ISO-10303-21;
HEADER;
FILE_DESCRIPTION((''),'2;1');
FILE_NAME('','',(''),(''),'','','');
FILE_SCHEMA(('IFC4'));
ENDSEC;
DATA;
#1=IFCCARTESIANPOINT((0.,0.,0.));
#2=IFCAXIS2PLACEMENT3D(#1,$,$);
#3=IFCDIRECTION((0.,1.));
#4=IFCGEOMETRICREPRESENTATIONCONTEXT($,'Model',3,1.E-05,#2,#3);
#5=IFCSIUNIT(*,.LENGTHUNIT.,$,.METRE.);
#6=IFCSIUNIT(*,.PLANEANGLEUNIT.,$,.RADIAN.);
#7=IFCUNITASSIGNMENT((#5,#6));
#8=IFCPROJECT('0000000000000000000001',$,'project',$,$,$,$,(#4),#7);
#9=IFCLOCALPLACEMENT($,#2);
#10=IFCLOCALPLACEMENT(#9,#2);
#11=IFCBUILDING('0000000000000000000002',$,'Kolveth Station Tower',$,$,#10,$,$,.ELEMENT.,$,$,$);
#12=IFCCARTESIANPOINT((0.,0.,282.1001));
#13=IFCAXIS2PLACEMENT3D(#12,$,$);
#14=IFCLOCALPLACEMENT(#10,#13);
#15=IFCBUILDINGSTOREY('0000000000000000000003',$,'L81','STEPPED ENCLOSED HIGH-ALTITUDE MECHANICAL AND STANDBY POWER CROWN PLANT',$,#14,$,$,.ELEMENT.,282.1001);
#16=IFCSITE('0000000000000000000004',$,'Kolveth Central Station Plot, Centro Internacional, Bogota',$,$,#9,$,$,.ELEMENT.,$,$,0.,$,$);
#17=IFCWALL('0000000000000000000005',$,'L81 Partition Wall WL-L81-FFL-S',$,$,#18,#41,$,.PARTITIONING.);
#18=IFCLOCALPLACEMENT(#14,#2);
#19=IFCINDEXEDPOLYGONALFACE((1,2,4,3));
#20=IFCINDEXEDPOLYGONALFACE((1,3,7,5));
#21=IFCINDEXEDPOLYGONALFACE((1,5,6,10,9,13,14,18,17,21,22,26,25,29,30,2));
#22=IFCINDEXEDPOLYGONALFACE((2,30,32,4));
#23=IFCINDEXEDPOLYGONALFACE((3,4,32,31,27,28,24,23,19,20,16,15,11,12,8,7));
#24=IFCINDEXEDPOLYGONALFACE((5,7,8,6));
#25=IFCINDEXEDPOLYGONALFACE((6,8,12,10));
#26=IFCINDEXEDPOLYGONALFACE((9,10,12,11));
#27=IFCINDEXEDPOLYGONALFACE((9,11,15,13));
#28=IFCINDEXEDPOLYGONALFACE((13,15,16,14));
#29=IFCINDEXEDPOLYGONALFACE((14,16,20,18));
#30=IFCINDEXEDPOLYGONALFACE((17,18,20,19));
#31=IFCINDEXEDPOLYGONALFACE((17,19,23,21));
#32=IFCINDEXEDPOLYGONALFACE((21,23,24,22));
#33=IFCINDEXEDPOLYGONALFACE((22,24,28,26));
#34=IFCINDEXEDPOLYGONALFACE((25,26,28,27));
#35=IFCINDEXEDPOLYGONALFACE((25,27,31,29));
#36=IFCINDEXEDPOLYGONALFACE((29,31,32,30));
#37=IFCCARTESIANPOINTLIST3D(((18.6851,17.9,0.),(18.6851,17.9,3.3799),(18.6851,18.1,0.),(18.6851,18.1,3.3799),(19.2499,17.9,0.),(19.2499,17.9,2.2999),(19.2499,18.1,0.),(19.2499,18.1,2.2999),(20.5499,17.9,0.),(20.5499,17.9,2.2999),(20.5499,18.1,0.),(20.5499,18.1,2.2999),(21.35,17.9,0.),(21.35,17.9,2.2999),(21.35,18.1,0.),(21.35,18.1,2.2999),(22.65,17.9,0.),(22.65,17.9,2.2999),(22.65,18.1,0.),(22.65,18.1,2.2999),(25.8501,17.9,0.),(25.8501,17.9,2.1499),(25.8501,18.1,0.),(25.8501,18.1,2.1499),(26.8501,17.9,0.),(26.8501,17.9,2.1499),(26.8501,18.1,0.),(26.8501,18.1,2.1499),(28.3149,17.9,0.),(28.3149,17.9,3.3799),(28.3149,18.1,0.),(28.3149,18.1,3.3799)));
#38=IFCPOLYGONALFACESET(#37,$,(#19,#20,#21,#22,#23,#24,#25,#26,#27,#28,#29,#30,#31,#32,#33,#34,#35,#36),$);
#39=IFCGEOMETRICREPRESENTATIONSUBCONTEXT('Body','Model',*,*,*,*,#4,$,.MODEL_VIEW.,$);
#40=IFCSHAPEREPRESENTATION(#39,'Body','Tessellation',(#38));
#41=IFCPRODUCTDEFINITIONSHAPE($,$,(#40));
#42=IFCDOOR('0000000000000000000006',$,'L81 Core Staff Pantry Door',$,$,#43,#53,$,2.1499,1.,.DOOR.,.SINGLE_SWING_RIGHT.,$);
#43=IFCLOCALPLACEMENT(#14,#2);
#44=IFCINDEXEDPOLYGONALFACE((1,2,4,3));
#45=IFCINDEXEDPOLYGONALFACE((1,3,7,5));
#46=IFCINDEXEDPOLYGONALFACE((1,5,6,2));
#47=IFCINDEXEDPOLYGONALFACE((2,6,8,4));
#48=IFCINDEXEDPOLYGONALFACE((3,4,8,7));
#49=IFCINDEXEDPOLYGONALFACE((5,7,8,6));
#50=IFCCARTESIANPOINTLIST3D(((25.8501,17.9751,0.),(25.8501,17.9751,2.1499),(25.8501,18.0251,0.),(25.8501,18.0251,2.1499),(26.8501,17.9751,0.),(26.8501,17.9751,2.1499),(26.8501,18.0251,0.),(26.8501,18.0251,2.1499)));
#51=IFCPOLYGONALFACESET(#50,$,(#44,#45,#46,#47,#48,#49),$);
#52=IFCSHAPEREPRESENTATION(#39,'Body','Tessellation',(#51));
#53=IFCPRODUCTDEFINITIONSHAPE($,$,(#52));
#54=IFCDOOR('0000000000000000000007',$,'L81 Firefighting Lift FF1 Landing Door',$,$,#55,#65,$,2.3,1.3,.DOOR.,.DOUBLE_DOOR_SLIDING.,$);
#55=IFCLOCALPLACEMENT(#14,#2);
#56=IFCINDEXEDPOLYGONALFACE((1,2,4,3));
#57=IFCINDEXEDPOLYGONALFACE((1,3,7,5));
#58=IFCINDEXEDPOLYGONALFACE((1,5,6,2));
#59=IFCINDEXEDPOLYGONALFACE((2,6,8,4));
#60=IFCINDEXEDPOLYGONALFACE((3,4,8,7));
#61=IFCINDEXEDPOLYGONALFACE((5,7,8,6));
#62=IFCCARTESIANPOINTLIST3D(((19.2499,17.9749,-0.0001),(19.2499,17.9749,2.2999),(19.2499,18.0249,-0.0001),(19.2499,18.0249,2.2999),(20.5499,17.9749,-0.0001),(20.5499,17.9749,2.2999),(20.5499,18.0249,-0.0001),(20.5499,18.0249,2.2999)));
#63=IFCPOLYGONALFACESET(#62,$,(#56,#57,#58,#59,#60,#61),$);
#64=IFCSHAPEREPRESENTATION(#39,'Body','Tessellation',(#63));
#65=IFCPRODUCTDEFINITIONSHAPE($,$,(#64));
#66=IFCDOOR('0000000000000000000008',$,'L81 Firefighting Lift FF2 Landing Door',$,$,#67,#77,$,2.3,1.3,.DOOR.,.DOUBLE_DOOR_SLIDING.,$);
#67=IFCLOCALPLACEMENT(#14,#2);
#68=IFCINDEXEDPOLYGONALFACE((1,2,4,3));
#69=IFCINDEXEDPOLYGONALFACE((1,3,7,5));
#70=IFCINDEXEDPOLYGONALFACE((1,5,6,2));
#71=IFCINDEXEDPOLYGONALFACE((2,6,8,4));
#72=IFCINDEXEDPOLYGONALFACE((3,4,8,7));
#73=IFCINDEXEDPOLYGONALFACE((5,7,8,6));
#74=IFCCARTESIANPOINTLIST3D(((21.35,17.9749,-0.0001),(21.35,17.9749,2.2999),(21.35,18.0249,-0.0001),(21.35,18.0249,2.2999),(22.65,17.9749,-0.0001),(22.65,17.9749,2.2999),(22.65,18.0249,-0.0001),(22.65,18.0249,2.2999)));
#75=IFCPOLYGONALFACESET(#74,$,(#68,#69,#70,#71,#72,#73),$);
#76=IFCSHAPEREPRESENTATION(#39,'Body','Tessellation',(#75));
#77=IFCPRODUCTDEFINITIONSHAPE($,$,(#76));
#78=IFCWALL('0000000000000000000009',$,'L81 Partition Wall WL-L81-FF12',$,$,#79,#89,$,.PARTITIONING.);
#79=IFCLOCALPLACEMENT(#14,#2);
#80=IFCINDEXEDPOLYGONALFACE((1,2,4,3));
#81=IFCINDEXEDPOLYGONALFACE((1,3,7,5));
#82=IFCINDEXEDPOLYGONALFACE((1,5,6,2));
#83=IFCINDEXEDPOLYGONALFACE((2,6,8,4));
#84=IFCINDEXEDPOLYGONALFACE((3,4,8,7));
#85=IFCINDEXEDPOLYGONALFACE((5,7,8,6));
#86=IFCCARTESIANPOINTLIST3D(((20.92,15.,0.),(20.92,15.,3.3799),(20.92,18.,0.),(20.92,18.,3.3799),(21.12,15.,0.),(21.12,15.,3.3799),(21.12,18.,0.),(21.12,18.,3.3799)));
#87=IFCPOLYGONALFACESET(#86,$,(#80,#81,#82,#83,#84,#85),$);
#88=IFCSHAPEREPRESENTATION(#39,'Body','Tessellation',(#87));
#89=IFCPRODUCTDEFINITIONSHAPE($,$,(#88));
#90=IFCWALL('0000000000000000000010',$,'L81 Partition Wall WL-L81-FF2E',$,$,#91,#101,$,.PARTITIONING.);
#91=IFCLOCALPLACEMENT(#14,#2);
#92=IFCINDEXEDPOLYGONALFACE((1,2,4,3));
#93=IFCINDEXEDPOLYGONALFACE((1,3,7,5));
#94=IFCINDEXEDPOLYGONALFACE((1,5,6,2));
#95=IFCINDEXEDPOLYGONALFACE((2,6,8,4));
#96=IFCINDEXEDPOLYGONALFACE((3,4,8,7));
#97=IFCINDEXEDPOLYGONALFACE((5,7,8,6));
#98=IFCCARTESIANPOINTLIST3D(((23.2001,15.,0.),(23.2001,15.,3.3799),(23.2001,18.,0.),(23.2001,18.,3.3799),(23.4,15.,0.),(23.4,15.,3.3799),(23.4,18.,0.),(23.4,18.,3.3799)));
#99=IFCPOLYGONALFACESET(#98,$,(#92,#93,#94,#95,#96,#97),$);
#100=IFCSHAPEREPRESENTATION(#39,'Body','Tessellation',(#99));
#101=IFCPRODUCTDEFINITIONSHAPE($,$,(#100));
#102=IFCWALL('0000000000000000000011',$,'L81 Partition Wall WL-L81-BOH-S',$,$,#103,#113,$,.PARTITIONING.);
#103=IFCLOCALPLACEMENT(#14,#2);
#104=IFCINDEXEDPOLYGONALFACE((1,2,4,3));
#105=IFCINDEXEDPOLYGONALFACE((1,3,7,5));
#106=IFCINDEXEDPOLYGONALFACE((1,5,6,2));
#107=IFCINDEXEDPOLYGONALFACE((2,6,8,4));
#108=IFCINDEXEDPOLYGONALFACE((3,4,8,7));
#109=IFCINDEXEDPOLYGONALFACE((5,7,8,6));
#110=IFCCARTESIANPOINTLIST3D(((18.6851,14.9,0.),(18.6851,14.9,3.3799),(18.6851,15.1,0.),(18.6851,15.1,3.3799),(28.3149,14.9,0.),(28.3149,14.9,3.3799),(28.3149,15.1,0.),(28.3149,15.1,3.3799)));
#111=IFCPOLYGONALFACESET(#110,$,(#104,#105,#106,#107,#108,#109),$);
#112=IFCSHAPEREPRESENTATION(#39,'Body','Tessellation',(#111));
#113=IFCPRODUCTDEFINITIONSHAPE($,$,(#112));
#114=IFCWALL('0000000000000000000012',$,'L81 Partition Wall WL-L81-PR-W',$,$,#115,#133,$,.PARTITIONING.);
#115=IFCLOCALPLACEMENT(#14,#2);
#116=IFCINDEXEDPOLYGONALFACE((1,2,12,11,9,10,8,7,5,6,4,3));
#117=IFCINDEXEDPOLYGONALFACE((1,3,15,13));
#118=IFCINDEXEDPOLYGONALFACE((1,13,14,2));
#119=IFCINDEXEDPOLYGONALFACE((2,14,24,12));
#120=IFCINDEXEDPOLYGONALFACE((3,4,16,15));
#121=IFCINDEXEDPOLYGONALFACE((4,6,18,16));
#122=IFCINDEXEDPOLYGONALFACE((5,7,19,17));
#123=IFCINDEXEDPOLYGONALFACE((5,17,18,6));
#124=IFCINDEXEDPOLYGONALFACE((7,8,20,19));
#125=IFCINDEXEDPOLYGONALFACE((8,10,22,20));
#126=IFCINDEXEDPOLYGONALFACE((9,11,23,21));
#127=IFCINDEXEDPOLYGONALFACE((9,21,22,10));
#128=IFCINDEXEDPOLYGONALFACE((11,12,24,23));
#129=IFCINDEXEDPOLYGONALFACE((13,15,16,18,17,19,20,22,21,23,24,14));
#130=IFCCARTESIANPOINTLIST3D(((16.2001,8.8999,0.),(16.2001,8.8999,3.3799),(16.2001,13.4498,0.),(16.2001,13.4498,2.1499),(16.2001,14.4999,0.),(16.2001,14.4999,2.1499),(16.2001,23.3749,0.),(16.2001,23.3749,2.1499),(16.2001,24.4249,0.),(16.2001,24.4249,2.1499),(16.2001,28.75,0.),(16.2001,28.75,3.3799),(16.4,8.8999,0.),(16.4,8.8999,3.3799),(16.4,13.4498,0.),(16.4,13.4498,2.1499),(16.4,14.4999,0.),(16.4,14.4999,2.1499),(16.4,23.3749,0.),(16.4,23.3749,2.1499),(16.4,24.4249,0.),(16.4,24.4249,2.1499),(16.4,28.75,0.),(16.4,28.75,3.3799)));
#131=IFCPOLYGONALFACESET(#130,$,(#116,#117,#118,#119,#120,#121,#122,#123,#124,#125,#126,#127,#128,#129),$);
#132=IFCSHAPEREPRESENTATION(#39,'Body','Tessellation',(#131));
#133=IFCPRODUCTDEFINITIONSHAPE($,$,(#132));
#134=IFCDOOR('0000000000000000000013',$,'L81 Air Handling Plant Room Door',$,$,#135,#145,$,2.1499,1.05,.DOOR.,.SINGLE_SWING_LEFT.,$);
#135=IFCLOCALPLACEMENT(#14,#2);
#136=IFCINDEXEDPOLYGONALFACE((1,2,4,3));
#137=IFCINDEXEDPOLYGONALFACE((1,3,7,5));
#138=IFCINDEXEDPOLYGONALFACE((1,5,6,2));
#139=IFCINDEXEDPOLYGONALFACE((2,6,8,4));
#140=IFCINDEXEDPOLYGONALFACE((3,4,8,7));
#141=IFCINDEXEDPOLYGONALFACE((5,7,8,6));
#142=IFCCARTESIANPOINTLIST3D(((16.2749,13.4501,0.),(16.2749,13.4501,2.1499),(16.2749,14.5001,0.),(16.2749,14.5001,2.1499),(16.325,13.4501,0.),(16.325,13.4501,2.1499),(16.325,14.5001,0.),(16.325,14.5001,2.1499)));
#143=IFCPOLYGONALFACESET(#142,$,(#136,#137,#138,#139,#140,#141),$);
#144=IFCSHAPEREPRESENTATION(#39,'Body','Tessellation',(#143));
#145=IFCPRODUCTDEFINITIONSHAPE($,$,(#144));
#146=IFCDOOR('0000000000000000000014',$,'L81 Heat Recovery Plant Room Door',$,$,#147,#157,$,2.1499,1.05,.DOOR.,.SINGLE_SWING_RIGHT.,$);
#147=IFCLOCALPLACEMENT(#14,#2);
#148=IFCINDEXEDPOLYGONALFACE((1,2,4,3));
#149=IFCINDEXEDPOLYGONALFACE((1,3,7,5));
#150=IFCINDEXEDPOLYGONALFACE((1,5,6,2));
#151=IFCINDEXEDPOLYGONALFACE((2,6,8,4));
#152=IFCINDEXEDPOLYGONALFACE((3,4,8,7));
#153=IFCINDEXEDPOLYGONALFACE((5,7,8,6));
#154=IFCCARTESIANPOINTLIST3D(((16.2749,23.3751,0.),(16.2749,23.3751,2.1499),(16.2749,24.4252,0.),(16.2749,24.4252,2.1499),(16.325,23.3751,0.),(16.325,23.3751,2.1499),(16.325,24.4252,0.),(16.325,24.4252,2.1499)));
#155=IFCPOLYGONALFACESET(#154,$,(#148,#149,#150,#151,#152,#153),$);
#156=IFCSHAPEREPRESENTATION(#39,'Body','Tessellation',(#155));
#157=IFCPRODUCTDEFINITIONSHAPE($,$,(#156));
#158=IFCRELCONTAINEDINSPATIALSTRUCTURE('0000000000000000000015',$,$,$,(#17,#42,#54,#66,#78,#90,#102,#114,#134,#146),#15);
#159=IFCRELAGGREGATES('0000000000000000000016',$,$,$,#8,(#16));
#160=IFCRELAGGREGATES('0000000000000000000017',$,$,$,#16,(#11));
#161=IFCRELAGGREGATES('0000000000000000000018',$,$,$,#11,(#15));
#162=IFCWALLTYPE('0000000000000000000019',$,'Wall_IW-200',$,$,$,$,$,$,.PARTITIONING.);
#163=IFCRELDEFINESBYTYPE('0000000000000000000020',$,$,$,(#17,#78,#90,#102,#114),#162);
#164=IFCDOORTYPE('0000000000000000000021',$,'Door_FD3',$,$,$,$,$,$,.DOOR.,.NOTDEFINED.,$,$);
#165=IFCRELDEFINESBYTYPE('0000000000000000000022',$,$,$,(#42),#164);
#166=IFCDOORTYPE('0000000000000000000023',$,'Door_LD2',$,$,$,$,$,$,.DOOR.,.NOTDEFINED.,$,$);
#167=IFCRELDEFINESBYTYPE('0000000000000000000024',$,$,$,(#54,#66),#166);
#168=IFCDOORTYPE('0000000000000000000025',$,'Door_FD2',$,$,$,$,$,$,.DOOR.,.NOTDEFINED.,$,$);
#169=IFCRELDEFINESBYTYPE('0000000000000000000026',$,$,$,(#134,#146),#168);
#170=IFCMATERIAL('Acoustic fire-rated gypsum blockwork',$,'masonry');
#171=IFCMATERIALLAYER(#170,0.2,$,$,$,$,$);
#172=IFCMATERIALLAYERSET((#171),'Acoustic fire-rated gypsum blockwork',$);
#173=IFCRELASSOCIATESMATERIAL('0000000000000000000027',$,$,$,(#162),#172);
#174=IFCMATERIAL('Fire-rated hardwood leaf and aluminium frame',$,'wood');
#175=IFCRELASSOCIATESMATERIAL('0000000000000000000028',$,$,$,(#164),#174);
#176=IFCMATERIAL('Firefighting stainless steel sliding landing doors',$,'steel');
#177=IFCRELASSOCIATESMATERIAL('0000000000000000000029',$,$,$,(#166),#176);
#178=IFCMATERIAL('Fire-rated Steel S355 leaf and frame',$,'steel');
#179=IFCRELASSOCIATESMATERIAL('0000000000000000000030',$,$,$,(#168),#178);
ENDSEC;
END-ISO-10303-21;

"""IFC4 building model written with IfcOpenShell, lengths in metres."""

from ifc_helpers import new_model, si_unit, direction, frame, frame_2d, origin, place, context, subcontext, project, spatial, rectangle, extrude, material, layer, layer_set, type_object, element, fill, save


model = new_model("IFC4")

# Units and contexts
model_context = context("Model", 3, precision=1e-05, world=origin(), true_north=direction((0.0, 1.0)))
body_context = subcontext(model_context, "Body", "Model", "MODEL_VIEW")
ifc_project = project(units=[si_unit("LENGTHUNIT", "METRE"), si_unit("PLANEANGLEUNIT", "RADIAN")], contexts=[model_context])

# Site, building, storey
site_placement = place(None, origin())
site = spatial("IfcSite", under=ifc_project, at=site_placement, Name="Kolveth Central Station Plot, Centro Internacional, Bogota", CompositionType="ELEMENT", RefElevation=0.0)
building_placement = place(site_placement, origin())
building = spatial("IfcBuilding", under=site, at=building_placement, Name="Kolveth Station Tower", CompositionType="ELEMENT")
storey_placement = place(building_placement, frame((0.0, 0.0, 282.1001)))
storey = spatial("IfcBuildingStorey", under=building, at=storey_placement, Name="L81", Description="STEPPED ENCLOSED HIGH-ALTITUDE MECHANICAL AND STANDBY POWER CROWN PLANT", CompositionType="ELEMENT", Elevation=282.1001)

# Shared definitions
ifc_material_1 = material(Name="Fire-rated Steel S355 leaf and frame", Category="steel")

# Wall, openings, doors
ifc_material_2 = material(Name="Acoustic fire-rated gypsum blockwork", Category="masonry")
ifc_layer_1 = layer(ifc_material_2, 0.2)
ifc_layer_set_1 = layer_set([ifc_layer_1], Name="Acoustic fire-rated gypsum blockwork")
wall_type_1 = type_object("IfcWallType", Name="Wall_IW-200", PredefinedType="PARTITIONING", material=ifc_layer_set_1)
wall_1_placement = place(storey_placement, frame((18.6851, 18.0, 0.0), z_axis=(0.0, 0.0, 1.0), x_axis=(1.0, 0.0, 0.0)))
wall_1 = element("IfcWall", 1, at=wall_1_placement, inside=storey, type_object=wall_type_1, Name="L81 Partition Wall WL-L81-FFL-S", PredefinedType="PARTITIONING", context=body_context, shape_type="SweptSolid", body=[
    extrude(rectangle(XDim=9.6299, YDim=0.2, at=frame_2d((4.8149, 0.0))), origin(), (0.0, 0.0, 1.0), 3.3799),
])
opening_1_placement = place(wall_1_placement, frame((0.5649, 0.0, 0.0)))
opening_1 = element("IfcOpeningElement", 2, at=opening_1_placement, cuts=wall_1, PredefinedType="OPENING", context=body_context, shape_type="SweptSolid", body=[
    extrude(rectangle(XDim=1.3, YDim=2.3, at=frame_2d((0.6499, 1.1499))), frame((0.0, 0.1099, 0.0), z_axis=(0.0, -1.0, 0.0), x_axis=(1.0, 0.0, 0.0)), (0.0, 0.0, 1.0), 0.22),
])
opening_2_placement = place(wall_1_placement, frame((2.665, 0.0, 0.0)))
opening_2 = element("IfcOpeningElement", 3, at=opening_2_placement, cuts=wall_1, PredefinedType="OPENING", context=body_context, shape_type="SweptSolid", body=[
    extrude(rectangle(XDim=1.3, YDim=2.3, at=frame_2d((0.6499, 1.1499))), frame((0.0, 0.1099, 0.0), z_axis=(0.0, -1.0, 0.0), x_axis=(1.0, 0.0, 0.0)), (0.0, 0.0, 1.0), 0.22),
])
opening_3_placement = place(wall_1_placement, frame((7.165, 0.0, 0.0)))
opening_3 = element("IfcOpeningElement", 4, at=opening_3_placement, cuts=wall_1, PredefinedType="OPENING", context=body_context, shape_type="SweptSolid", body=[
    extrude(rectangle(XDim=1.0, YDim=2.1499, at=frame_2d((0.5, 1.075))), frame((0.0, 0.1099, 0.0), z_axis=(0.0, -1.0, 0.0), x_axis=(1.0, 0.0, 0.0)), (0.0, 0.0, 1.0), 0.22),
])
ifc_material_3 = material(Name="Fire-rated hardwood leaf and aluminium frame", Category="wood")
door_type_1 = type_object("IfcDoorType", Name="Door_FD3", OperationType="NOTDEFINED", PredefinedType="DOOR", material=ifc_material_3)
door_1_placement = place(opening_3_placement, frame((1.0, 0.0, 0.0), z_axis=(0.0, 0.0, 1.0), x_axis=(-1.0, 0.0, 0.0)))
door_1 = element("IfcDoor", 5, at=door_1_placement, inside=storey, type_object=door_type_1, Name="L81 Core Staff Pantry Door", OperationType="SINGLE_SWING_RIGHT", OverallHeight=2.1499, OverallWidth=1.0, PredefinedType="DOOR", context=body_context, shape_type="SweptSolid", body=[
    extrude(rectangle(XDim=1.0, YDim=2.1499, at=frame_2d((0.5, 1.075))), frame((0.0, 0.0249, 0.0), z_axis=(0.0, -1.0, 0.0), x_axis=(1.0, 0.0, 0.0)), (0.0, 0.0, 1.0), 0.05),
])
fill(opening_3, door_1)
ifc_material_4 = material(Name="Firefighting stainless steel sliding landing doors", Category="steel")
door_type_2 = type_object("IfcDoorType", Name="Door_LD2", OperationType="NOTDEFINED", PredefinedType="DOOR", material=ifc_material_4)
door_2_placement = place(opening_1_placement, origin())
door_2 = element("IfcDoor", 6, at=door_2_placement, inside=storey, type_object=door_type_2, Name="L81 Firefighting Lift FF1 Landing Door", OperationType="DOUBLE_DOOR_SLIDING", OverallHeight=2.3, OverallWidth=1.3, PredefinedType="DOOR", context=body_context, shape_type="SweptSolid", body=[
    extrude(rectangle(XDim=1.3, YDim=2.3, at=frame_2d((0.6499, 1.1499))), frame((0.0, 0.0249, 0.0), z_axis=(0.0, -1.0, 0.0), x_axis=(1.0, 0.0, 0.0)), (0.0, 0.0, 1.0), 0.05),
])
fill(opening_1, door_2)
door_3_placement = place(opening_2_placement, origin())
door_3 = element("IfcDoor", 7, at=door_3_placement, inside=storey, type_object=door_type_2, Name="L81 Firefighting Lift FF2 Landing Door", OperationType="DOUBLE_DOOR_SLIDING", OverallHeight=2.3, OverallWidth=1.3, PredefinedType="DOOR", context=body_context, shape_type="SweptSolid", body=[
    extrude(rectangle(XDim=1.3, YDim=2.3, at=frame_2d((0.6499, 1.1499))), frame((0.0, 0.0249, 0.0), z_axis=(0.0, -1.0, 0.0), x_axis=(1.0, 0.0, 0.0)), (0.0, 0.0, 1.0), 0.05),
])
fill(opening_2, door_3)

# Walls
for number, where, z_axis, x_axis, name in (
    (8, (21.02, 15.0, 0.0), (0.0, 0.0, 1.0), (0.0, 1.0, 0.0), "L81 Partition Wall WL-L81-FF12"),
    (9, (23.3, 15.0, 0.0), (0.0, 0.0, 1.0), (0.0, 1.0, 0.0), "L81 Partition Wall WL-L81-FF2E"),
):
    element("IfcWall", number, at=place(storey_placement, frame(where, z_axis=z_axis, x_axis=x_axis)), inside=storey, type_object=wall_type_1, Name=name, PredefinedType="PARTITIONING", context=body_context, shape_type="SweptSolid", body=[
        extrude(rectangle(XDim=3.0, YDim=0.2, at=frame_2d((1.5, 0.0))), origin(), (0.0, 0.0, 1.0), 3.3799),
    ])
wall_2_placement = place(storey_placement, frame((18.6851, 15.0, 0.0), z_axis=(0.0, 0.0, 1.0), x_axis=(1.0, 0.0, 0.0)))
element("IfcWall", 10, at=wall_2_placement, inside=storey, type_object=wall_type_1, Name="L81 Partition Wall WL-L81-BOH-S", PredefinedType="PARTITIONING", context=body_context, shape_type="SweptSolid", body=[
    extrude(rectangle(XDim=9.6299, YDim=0.2, at=frame_2d((4.8149, 0.0))), origin(), (0.0, 0.0, 1.0), 3.3799),
])

# Wall, openings, doors
wall_3_placement = place(storey_placement, frame((16.3, 8.8999, 0.0), z_axis=(0.0, 0.0, 1.0), x_axis=(0.0, 1.0, 0.0)))
wall_3 = element("IfcWall", 11, at=wall_3_placement, inside=storey, type_object=wall_type_1, Name="L81 Partition Wall WL-L81-PR-W", PredefinedType="PARTITIONING", context=body_context, shape_type="SweptSolid", body=[
    extrude(rectangle(XDim=19.8501, YDim=0.2, at=frame_2d((9.925, 0.0))), origin(), (0.0, 0.0, 1.0), 3.3799),
])
opening_4_placement = place(wall_3_placement, frame((4.55, 0.0, 0.0)))
opening_4 = element("IfcOpeningElement", 12, at=opening_4_placement, cuts=wall_3, PredefinedType="OPENING", context=body_context, shape_type="SweptSolid", body=[
    extrude(rectangle(XDim=1.05, YDim=2.1499, at=frame_2d((0.5249, 1.075))), frame((0.0, 0.1099, 0.0), z_axis=(0.0, -1.0, 0.0), x_axis=(1.0, 0.0, 0.0)), (0.0, 0.0, 1.0), 0.22),
])
opening_5_placement = place(wall_3_placement, frame((14.4751, 0.0, 0.0)))
opening_5 = element("IfcOpeningElement", 13, at=opening_5_placement, cuts=wall_3, PredefinedType="OPENING", context=body_context, shape_type="SweptSolid", body=[
    extrude(rectangle(XDim=1.05, YDim=2.1499, at=frame_2d((0.5249, 1.075))), frame((0.0, 0.1099, 0.0), z_axis=(0.0, -1.0, 0.0), x_axis=(1.0, 0.0, 0.0)), (0.0, 0.0, 1.0), 0.22),
])
door_type_3 = type_object("IfcDoorType", Name="Door_FD2", OperationType="NOTDEFINED", PredefinedType="DOOR", material=ifc_material_1)
door_4_placement = place(opening_4_placement, frame((1.05, 0.0, 0.0), z_axis=(0.0, 0.0, 1.0), x_axis=(-1.0, 0.0, 0.0)))
door_4 = element("IfcDoor", 14, at=door_4_placement, inside=storey, type_object=door_type_3, Name="L81 Air Handling Plant Room Door", OperationType="SINGLE_SWING_LEFT", OverallHeight=2.1499, OverallWidth=1.05, PredefinedType="DOOR", context=body_context, shape_type="SweptSolid", body=[
    extrude(rectangle(XDim=1.05, YDim=2.1499, at=frame_2d((0.5249, 1.075))), frame((0.0, 0.0249, 0.0), z_axis=(0.0, -1.0, 0.0), x_axis=(1.0, 0.0, 0.0)), (0.0, 0.0, 1.0), 0.05),
])
fill(opening_4, door_4)
door_5_placement = place(opening_5_placement, frame((1.05, 0.0, 0.0), z_axis=(0.0, 0.0, 1.0), x_axis=(-1.0, 0.0, 0.0)))
door_5 = element("IfcDoor", 15, at=door_5_placement, inside=storey, type_object=door_type_3, Name="L81 Heat Recovery Plant Room Door", OperationType="SINGLE_SWING_RIGHT", OverallHeight=2.1499, OverallWidth=1.05, PredefinedType="DOOR", context=body_context, shape_type="SweptSolid", body=[
    extrude(rectangle(XDim=1.05, YDim=2.1499, at=frame_2d((0.5249, 1.075))), frame((0.0, 0.0249, 0.0), z_axis=(0.0, -1.0, 0.0), x_axis=(1.0, 0.0, 0.0)), (0.0, 0.0, 1.0), 0.05),
])
fill(opening_5, door_5)

save(model, "model.ifc")
